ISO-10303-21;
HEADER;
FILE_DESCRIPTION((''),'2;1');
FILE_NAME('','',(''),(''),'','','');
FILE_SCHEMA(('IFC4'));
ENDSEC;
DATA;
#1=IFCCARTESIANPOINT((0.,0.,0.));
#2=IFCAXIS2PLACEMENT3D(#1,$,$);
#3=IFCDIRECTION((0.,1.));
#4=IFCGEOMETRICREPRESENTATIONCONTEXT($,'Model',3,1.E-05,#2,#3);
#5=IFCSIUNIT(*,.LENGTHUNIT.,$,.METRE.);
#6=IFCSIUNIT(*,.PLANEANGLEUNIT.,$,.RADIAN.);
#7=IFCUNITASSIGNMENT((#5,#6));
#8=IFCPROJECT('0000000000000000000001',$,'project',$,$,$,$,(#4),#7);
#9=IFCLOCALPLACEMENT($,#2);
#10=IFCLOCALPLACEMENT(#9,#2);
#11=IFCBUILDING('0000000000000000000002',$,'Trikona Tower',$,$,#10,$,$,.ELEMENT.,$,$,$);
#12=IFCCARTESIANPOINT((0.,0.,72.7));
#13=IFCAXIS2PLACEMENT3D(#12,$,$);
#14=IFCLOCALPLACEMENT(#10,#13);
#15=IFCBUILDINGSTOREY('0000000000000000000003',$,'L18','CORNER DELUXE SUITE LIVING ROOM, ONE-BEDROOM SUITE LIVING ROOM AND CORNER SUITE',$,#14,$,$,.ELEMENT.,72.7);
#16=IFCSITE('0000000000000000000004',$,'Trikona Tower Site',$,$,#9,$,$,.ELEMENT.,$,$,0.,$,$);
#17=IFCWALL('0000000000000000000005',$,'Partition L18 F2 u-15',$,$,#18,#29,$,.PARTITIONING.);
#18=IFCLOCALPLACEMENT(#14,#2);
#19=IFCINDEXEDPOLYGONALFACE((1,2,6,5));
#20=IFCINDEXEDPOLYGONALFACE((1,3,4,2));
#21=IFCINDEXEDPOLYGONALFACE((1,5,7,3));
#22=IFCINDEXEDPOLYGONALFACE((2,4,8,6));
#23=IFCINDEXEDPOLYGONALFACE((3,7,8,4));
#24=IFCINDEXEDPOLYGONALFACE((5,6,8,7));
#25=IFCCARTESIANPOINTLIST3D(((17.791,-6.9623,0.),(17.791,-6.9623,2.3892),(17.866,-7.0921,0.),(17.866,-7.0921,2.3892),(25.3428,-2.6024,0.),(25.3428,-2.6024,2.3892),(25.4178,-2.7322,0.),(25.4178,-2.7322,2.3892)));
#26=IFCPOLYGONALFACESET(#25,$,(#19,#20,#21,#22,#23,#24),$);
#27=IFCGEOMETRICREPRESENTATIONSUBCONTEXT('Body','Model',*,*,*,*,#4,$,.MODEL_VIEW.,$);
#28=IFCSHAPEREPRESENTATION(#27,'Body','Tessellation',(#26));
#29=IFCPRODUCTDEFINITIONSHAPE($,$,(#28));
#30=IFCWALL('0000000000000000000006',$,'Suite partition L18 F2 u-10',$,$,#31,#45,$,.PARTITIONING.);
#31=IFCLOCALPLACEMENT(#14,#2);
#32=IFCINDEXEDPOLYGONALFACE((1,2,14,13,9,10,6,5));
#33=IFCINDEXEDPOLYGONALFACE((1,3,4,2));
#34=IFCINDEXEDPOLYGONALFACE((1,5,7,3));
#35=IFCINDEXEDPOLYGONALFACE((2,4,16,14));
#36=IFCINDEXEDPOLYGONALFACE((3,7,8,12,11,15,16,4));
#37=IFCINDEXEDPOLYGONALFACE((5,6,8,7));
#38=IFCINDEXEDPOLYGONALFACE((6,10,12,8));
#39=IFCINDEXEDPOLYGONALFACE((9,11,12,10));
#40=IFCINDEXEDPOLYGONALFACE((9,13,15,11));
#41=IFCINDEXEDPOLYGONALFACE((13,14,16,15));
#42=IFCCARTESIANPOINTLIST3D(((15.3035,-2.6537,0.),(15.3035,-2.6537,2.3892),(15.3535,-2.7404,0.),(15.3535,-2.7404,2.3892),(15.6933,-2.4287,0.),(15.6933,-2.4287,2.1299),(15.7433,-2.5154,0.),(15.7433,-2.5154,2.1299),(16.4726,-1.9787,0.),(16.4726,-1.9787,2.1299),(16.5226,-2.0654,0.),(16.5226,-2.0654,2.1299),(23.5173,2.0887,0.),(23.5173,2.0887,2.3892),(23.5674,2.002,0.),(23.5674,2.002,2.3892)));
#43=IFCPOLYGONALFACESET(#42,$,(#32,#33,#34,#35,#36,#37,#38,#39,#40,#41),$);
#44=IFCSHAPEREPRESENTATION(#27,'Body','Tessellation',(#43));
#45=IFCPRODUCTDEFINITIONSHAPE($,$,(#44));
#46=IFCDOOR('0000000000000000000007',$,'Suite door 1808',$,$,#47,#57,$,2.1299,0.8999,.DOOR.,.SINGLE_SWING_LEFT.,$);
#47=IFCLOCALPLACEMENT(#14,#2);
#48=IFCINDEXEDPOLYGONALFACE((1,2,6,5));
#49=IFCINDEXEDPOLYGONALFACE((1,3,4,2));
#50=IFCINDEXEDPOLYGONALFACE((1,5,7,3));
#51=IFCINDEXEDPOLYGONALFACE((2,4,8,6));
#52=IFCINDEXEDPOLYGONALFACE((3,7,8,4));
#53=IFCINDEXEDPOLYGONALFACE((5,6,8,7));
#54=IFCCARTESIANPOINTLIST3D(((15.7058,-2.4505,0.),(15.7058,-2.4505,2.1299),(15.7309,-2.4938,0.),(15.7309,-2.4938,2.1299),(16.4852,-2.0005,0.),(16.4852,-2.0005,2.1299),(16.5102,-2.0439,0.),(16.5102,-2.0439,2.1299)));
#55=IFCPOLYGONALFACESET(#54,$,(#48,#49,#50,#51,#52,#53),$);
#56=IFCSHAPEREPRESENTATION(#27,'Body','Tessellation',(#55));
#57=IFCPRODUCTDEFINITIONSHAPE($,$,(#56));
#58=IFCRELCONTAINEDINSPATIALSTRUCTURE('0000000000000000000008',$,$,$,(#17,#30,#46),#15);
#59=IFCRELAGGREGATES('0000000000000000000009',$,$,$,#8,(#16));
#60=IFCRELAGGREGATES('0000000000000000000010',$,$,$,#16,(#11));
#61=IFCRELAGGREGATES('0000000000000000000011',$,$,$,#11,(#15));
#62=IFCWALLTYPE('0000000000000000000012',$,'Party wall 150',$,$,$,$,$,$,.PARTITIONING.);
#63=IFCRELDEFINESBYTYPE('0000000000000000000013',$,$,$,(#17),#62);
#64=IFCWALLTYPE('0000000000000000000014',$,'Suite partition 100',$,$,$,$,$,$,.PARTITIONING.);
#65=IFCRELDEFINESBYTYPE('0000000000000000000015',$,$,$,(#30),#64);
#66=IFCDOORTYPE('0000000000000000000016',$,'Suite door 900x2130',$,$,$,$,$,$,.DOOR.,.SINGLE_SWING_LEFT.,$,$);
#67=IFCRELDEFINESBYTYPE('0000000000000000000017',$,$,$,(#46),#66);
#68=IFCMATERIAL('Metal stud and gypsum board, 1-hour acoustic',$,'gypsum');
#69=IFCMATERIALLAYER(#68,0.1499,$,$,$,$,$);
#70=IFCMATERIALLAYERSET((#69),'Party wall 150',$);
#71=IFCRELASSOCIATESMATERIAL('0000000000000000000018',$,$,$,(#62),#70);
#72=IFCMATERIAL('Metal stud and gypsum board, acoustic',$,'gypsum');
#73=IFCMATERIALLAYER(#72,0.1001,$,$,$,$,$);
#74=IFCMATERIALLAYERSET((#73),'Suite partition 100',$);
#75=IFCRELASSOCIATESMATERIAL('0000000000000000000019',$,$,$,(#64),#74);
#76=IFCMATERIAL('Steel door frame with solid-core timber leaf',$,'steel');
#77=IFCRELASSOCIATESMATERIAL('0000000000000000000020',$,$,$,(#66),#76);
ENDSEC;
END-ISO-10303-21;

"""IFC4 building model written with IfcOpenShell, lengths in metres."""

from ifc_helpers import new_model, si_unit, direction, frame, frame_2d, origin, place, context, subcontext, project, spatial, rectangle, extrude, material, layer, layer_set, type_object, element, fill, save


model = new_model("IFC4")

# Units and contexts
model_context = context("Model", 3, precision=1e-05, world=origin(), true_north=direction((0.0, 1.0)))
body_context = subcontext(model_context, "Body", "Model", "MODEL_VIEW")
ifc_project = project(units=[si_unit("LENGTHUNIT", "METRE"), si_unit("PLANEANGLEUNIT", "RADIAN")], contexts=[model_context])

# Site, building, storey
site_placement = place(None, origin())
site = spatial("IfcSite", under=ifc_project, at=site_placement, Name="Trikona Tower Site", CompositionType="ELEMENT", RefElevation=0.0)
building_placement = place(site_placement, origin())
building = spatial("IfcBuilding", under=site, at=building_placement, Name="Trikona Tower", CompositionType="ELEMENT")
storey_placement = place(building_placement, frame((0.0, 0.0, 72.7)))
storey = spatial("IfcBuildingStorey", under=building, at=storey_placement, Name="L18", Description="CORNER DELUXE SUITE LIVING ROOM, ONE-BEDROOM SUITE LIVING ROOM AND CORNER SUITE", CompositionType="ELEMENT", Elevation=72.7)

# Wall
ifc_material_1 = material(Name="Metal stud and gypsum board, 1-hour acoustic", Category="gypsum")
ifc_layer_1 = layer(ifc_material_1, 0.1499)
ifc_layer_set_1 = layer_set([ifc_layer_1], Name="Party wall 150")
wall_type_1 = type_object("IfcWallType", Name="Party wall 150", PredefinedType="PARTITIONING", material=ifc_layer_set_1)
wall_1_placement = place(storey_placement, frame((17.8286, -7.0271, 0.0), z_axis=(0.0, 0.0, 1.0), x_axis=(0.866033, 0.499987, 0.0)))
element("IfcWall", 1, at=wall_1_placement, inside=storey, type_object=wall_type_1, Name="Partition L18 F2 u-15", PredefinedType="PARTITIONING", context=body_context, shape_type="SweptSolid", body=[
    extrude(rectangle(XDim=8.72, YDim=0.1499, at=frame_2d((4.3599, 0.0))), origin(), (0.0, 0.0, 1.0), 2.3892),
])

# Wall, opening, door
ifc_material_2 = material(Name="Metal stud and gypsum board, acoustic", Category="gypsum")
ifc_layer_2 = layer(ifc_material_2, 0.1001)
ifc_layer_set_2 = layer_set([ifc_layer_2], Name="Suite partition 100")
wall_type_2 = type_object("IfcWallType", Name="Suite partition 100", PredefinedType="PARTITIONING", material=ifc_layer_set_2)
wall_2_placement = place(storey_placement, frame((15.3286, -2.697, 0.0), z_axis=(0.0, 0.0, 1.0), x_axis=(0.866018, 0.500012, 0.0)))
wall_2 = element("IfcWall", 2, at=wall_2_placement, inside=storey, type_object=wall_type_2, Name="Suite partition L18 F2 u-10", PredefinedType="PARTITIONING", context=body_context, shape_type="SweptSolid", body=[
    extrude(rectangle(XDim=9.4846, YDim=0.1001, at=frame_2d((4.7422, 0.0))), origin(), (0.0, 0.0, 1.0), 2.3892),
])
opening_1_placement = place(wall_2_placement, frame((0.45, 0.0, 0.0)))
opening_1 = element("IfcOpeningElement", 3, at=opening_1_placement, cuts=wall_2, PredefinedType="OPENING", context=body_context, shape_type="SweptSolid", body=[
    extrude(rectangle(XDim=0.8999, YDim=2.1299, at=frame_2d((0.45, 1.0649))), frame((0.0, 0.0601, 0.0), z_axis=(0.0, -1.0, 0.0), x_axis=(1.0, 0.0, 0.0)), (0.0, 0.0, 1.0), 0.1201),
])
ifc_material_3 = material(Name="Steel door frame with solid-core timber leaf", Category="steel")
door_type_1 = type_object("IfcDoorType", Name="Suite door 900x2130", OperationType="SINGLE_SWING_LEFT", PredefinedType="DOOR", material=ifc_material_3)
door_1_placement = place(opening_1_placement, origin())
door_1 = element("IfcDoor", 4, at=door_1_placement, inside=storey, type_object=door_type_1, Name="Suite door 1808", OperationType="SINGLE_SWING_LEFT", OverallHeight=2.1299, OverallWidth=0.8999, PredefinedType="DOOR", context=body_context, shape_type="SweptSolid", body=[
    extrude(rectangle(XDim=0.8999, YDim=2.1299, at=frame_2d((0.45, 1.0649))), frame((0.0, 0.0249, 0.0), z_axis=(0.0, -1.0, 0.0), x_axis=(1.0, 0.0, 0.0)), (0.0, 0.0, 1.0), 0.05),
])
fill(opening_1, door_1)

save(model, "model.ifc")
